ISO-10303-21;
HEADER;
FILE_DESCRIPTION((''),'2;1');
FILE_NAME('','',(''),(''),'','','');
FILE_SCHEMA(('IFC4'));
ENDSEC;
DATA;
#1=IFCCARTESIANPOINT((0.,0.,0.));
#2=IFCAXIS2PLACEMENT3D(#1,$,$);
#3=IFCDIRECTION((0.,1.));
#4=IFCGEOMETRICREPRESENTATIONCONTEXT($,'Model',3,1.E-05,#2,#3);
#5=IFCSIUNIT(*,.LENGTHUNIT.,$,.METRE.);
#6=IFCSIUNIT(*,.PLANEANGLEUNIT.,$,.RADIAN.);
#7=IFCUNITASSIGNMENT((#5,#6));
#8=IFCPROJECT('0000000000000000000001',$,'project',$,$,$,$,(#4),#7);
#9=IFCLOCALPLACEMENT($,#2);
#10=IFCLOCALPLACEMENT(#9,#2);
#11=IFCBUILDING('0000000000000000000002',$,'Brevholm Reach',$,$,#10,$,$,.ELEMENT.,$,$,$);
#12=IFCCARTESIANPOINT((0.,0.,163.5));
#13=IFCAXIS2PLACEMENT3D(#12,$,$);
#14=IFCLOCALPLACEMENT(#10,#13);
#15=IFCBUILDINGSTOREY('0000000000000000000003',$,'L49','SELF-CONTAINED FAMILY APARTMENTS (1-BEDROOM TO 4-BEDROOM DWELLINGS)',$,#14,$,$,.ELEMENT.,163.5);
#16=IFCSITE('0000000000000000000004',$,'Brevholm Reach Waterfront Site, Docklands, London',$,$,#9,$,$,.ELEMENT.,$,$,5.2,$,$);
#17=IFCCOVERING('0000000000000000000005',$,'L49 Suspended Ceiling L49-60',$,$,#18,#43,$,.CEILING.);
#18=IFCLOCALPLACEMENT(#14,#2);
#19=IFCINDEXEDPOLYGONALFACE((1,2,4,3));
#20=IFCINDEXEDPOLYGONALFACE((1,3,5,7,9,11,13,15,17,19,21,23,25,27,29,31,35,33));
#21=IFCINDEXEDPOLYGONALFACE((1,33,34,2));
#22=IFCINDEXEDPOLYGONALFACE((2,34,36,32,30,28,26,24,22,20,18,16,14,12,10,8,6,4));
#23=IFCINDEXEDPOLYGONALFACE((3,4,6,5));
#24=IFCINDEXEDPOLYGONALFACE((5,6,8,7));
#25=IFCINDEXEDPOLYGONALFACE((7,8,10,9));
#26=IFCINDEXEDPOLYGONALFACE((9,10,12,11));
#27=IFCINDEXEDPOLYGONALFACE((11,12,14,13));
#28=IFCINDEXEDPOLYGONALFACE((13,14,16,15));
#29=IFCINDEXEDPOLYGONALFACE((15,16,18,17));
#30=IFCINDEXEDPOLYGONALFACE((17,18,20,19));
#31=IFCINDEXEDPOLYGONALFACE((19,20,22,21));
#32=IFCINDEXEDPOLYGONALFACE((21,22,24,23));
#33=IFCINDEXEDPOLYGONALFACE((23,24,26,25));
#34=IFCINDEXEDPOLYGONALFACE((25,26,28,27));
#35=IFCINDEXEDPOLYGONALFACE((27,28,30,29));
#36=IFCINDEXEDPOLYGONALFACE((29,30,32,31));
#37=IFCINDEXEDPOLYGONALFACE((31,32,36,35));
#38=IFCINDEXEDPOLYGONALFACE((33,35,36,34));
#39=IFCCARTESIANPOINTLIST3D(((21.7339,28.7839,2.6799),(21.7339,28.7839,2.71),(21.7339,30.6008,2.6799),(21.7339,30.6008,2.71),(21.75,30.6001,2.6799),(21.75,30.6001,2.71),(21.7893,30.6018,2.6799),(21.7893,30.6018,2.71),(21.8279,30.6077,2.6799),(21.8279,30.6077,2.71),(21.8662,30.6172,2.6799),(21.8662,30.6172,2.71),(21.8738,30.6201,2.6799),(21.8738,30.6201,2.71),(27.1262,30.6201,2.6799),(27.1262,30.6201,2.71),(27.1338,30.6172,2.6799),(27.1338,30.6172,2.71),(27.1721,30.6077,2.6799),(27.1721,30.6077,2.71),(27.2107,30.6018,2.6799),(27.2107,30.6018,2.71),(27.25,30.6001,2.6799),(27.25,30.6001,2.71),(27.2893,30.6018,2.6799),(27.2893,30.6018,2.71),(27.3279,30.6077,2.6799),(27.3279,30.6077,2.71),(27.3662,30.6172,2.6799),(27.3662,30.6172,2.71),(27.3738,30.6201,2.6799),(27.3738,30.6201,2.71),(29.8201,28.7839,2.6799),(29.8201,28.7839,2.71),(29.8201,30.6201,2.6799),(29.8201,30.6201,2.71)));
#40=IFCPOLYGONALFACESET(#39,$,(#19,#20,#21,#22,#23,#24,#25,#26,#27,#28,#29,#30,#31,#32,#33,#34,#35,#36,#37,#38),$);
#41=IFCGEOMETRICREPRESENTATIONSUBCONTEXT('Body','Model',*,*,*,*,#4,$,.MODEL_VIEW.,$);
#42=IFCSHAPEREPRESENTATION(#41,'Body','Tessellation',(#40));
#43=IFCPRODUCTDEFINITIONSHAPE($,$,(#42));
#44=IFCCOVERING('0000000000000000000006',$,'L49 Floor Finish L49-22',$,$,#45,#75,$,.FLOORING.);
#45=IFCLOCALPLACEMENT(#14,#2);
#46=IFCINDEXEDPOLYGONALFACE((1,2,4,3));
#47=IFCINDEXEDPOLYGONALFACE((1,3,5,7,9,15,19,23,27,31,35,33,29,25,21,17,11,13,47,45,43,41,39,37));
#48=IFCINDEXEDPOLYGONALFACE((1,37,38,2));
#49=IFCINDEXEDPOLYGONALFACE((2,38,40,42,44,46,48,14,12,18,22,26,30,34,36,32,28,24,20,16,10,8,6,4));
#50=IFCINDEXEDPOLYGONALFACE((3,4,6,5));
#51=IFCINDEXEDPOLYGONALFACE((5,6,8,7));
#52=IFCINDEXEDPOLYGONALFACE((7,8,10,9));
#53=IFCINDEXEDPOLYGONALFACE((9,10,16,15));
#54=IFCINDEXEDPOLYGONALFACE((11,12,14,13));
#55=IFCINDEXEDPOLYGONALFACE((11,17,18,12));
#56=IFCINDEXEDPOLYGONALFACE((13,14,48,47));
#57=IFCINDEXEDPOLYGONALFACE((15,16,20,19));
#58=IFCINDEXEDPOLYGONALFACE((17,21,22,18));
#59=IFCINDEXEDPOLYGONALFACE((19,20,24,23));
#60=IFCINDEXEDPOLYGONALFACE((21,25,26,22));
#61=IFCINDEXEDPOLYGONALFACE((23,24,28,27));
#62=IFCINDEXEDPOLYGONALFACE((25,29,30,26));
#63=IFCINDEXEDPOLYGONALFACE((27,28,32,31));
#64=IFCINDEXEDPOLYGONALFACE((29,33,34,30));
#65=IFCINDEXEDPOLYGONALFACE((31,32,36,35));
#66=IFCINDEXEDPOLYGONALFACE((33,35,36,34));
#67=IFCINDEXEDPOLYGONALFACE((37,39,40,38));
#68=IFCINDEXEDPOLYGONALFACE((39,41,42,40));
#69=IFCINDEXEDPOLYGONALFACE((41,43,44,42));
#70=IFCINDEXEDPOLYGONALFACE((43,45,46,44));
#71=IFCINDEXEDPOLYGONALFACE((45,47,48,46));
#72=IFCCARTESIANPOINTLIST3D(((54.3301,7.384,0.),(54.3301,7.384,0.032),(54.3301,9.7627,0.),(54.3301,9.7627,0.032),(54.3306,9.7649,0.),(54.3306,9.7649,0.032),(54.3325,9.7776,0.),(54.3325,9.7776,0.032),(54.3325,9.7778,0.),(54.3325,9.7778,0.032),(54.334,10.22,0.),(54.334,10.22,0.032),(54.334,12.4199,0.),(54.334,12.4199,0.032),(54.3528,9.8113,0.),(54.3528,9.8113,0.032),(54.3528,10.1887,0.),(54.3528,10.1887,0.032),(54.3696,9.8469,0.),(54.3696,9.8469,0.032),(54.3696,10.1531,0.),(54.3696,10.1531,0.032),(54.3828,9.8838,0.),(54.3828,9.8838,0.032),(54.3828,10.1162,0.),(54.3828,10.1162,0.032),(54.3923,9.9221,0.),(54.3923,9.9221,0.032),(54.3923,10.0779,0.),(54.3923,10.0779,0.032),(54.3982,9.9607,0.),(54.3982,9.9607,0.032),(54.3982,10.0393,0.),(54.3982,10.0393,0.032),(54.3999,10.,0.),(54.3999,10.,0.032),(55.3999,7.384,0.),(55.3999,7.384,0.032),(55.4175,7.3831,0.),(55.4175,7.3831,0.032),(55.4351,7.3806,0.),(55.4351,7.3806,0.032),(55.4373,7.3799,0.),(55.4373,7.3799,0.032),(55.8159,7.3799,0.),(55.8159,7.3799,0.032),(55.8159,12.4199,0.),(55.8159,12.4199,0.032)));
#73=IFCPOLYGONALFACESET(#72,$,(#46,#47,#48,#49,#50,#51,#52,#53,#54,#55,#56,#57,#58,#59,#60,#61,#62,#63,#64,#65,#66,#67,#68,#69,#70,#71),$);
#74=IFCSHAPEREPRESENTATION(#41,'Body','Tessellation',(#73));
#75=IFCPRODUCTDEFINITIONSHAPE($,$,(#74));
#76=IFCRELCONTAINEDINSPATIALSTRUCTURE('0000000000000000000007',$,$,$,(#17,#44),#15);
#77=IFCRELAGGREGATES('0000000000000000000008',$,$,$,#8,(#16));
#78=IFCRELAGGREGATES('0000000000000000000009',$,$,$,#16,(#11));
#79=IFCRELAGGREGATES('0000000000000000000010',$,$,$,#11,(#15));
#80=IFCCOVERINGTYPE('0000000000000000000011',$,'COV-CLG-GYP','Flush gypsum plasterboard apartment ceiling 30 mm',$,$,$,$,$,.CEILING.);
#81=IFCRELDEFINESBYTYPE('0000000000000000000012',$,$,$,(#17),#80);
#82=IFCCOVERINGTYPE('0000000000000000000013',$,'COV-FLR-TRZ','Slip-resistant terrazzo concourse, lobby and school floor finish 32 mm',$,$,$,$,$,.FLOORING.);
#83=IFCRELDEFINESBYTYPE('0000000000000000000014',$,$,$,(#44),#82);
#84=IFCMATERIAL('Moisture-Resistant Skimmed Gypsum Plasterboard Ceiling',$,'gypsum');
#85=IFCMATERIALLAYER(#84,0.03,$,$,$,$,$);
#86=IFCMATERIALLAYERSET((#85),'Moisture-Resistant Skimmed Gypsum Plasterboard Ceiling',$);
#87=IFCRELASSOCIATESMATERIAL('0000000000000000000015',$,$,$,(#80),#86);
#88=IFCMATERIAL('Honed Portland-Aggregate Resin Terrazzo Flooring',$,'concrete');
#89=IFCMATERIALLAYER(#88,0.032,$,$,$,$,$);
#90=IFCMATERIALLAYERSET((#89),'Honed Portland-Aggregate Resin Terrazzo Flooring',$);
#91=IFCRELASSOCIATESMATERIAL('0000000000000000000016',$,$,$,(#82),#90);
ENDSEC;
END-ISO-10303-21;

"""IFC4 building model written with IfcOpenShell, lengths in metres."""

from ifc_helpers import new_model, si_unit, direction, frame, origin, place, context, subcontext, project, spatial, polyline, outline, extrude, material, layer, layer_set, type_object, element, save


model = new_model("IFC4")

# Units and contexts
model_context = context("Model", 3, precision=1e-05, world=origin(), true_north=direction((0.0, 1.0)))
body_context = subcontext(model_context, "Body", "Model", "MODEL_VIEW")
ifc_project = project(units=[si_unit("LENGTHUNIT", "METRE"), si_unit("PLANEANGLEUNIT", "RADIAN")], contexts=[model_context])

# Site, building, storey
site_placement = place(None, origin())
site = spatial("IfcSite", under=ifc_project, at=site_placement, Name="Brevholm Reach Waterfront Site, Docklands, London", CompositionType="ELEMENT", RefElevation=5.2)
building_placement = place(site_placement, origin())
building = spatial("IfcBuilding", under=site, at=building_placement, Name="Brevholm Reach", CompositionType="ELEMENT")
storey_placement = place(building_placement, frame((0.0, 0.0, 163.5)))
storey = spatial("IfcBuildingStorey", under=building, at=storey_placement, Name="L49", Description="SELF-CONTAINED FAMILY APARTMENTS (1-BEDROOM TO 4-BEDROOM DWELLINGS)", CompositionType="ELEMENT", Elevation=163.5)

# Coverings
ifc_material_1 = material(Name="Moisture-Resistant Skimmed Gypsum Plasterboard Ceiling", Category="gypsum")
ifc_layer_1 = layer(ifc_material_1, 0.03)
ifc_layer_set_1 = layer_set([ifc_layer_1], Name="Moisture-Resistant Skimmed Gypsum Plasterboard Ceiling")
covering_type_1 = type_object("IfcCoveringType", Name="COV-CLG-GYP", Description="Flush gypsum plasterboard apartment ceiling 30 mm", PredefinedType="CEILING", material=ifc_layer_set_1)
covering_1_placement = place(storey_placement, frame((0.0, 0.0, 2.6799)))
element("IfcCovering", 1, at=covering_1_placement, inside=storey, type_object=covering_type_1, Name="L49 Suspended Ceiling L49-60", PredefinedType="CEILING", context=body_context, shape_type="SweptSolid", body=[
    extrude(outline(polyline([(27.1262, 30.6201), (27.1338, 30.6172), (27.1721, 30.6077), (27.2107, 30.6018), (27.25, 30.6001), (27.2893, 30.6018), (27.3279, 30.6077), (27.3662, 30.6172), (27.3738, 30.6201), (29.8201, 30.6201), (29.8201, 28.7839), (21.7339, 28.7839), (21.7339, 30.6008), (21.75, 30.6001), (21.7893, 30.6018), (21.8279, 30.6077), (21.8662, 30.6172), (21.8738, 30.6201), (27.1262, 30.6201)])), origin(), (0.0, 0.0, 1.0), 0.03),
])
ifc_material_2 = material(Name="Honed Portland-Aggregate Resin Terrazzo Flooring", Category="concrete")
ifc_layer_2 = layer(ifc_material_2, 0.032)
ifc_layer_set_2 = layer_set([ifc_layer_2], Name="Honed Portland-Aggregate Resin Terrazzo Flooring")
covering_type_2 = type_object("IfcCoveringType", Name="COV-FLR-TRZ", Description="Slip-resistant terrazzo concourse, lobby and school floor finish 32 mm", PredefinedType="FLOORING", material=ifc_layer_set_2)
covering_2_placement = place(storey_placement, origin())
element("IfcCovering", 2, at=covering_2_placement, inside=storey, type_object=covering_type_2, Name="L49 Floor Finish L49-22", PredefinedType="FLOORING", context=body_context, shape_type="SweptSolid", body=[
    extrude(outline(polyline([(54.3301, 9.7627), (54.3306, 9.7649), (54.3325, 9.7776), (54.3325, 9.7778), (54.3528, 9.8113), (54.3696, 9.8469), (54.3828, 9.8838), (54.3923, 9.9221), (54.3982, 9.9607), (54.3999, 10.0), (54.3982, 10.0393), (54.3923, 10.0779), (54.3828, 10.1162), (54.3696, 10.1531), (54.3528, 10.1887), (54.334, 10.22), (54.334, 12.4199), (55.8159, 12.4199), (55.8159, 7.3799), (55.4373, 7.3799), (55.4351, 7.3806), (55.4175, 7.3831), (55.3999, 7.384), (54.3301, 7.384), (54.3301, 9.7627)])), origin(), (0.0, 0.0, 1.0), 0.032),
])

save(model, "model.ifc")
